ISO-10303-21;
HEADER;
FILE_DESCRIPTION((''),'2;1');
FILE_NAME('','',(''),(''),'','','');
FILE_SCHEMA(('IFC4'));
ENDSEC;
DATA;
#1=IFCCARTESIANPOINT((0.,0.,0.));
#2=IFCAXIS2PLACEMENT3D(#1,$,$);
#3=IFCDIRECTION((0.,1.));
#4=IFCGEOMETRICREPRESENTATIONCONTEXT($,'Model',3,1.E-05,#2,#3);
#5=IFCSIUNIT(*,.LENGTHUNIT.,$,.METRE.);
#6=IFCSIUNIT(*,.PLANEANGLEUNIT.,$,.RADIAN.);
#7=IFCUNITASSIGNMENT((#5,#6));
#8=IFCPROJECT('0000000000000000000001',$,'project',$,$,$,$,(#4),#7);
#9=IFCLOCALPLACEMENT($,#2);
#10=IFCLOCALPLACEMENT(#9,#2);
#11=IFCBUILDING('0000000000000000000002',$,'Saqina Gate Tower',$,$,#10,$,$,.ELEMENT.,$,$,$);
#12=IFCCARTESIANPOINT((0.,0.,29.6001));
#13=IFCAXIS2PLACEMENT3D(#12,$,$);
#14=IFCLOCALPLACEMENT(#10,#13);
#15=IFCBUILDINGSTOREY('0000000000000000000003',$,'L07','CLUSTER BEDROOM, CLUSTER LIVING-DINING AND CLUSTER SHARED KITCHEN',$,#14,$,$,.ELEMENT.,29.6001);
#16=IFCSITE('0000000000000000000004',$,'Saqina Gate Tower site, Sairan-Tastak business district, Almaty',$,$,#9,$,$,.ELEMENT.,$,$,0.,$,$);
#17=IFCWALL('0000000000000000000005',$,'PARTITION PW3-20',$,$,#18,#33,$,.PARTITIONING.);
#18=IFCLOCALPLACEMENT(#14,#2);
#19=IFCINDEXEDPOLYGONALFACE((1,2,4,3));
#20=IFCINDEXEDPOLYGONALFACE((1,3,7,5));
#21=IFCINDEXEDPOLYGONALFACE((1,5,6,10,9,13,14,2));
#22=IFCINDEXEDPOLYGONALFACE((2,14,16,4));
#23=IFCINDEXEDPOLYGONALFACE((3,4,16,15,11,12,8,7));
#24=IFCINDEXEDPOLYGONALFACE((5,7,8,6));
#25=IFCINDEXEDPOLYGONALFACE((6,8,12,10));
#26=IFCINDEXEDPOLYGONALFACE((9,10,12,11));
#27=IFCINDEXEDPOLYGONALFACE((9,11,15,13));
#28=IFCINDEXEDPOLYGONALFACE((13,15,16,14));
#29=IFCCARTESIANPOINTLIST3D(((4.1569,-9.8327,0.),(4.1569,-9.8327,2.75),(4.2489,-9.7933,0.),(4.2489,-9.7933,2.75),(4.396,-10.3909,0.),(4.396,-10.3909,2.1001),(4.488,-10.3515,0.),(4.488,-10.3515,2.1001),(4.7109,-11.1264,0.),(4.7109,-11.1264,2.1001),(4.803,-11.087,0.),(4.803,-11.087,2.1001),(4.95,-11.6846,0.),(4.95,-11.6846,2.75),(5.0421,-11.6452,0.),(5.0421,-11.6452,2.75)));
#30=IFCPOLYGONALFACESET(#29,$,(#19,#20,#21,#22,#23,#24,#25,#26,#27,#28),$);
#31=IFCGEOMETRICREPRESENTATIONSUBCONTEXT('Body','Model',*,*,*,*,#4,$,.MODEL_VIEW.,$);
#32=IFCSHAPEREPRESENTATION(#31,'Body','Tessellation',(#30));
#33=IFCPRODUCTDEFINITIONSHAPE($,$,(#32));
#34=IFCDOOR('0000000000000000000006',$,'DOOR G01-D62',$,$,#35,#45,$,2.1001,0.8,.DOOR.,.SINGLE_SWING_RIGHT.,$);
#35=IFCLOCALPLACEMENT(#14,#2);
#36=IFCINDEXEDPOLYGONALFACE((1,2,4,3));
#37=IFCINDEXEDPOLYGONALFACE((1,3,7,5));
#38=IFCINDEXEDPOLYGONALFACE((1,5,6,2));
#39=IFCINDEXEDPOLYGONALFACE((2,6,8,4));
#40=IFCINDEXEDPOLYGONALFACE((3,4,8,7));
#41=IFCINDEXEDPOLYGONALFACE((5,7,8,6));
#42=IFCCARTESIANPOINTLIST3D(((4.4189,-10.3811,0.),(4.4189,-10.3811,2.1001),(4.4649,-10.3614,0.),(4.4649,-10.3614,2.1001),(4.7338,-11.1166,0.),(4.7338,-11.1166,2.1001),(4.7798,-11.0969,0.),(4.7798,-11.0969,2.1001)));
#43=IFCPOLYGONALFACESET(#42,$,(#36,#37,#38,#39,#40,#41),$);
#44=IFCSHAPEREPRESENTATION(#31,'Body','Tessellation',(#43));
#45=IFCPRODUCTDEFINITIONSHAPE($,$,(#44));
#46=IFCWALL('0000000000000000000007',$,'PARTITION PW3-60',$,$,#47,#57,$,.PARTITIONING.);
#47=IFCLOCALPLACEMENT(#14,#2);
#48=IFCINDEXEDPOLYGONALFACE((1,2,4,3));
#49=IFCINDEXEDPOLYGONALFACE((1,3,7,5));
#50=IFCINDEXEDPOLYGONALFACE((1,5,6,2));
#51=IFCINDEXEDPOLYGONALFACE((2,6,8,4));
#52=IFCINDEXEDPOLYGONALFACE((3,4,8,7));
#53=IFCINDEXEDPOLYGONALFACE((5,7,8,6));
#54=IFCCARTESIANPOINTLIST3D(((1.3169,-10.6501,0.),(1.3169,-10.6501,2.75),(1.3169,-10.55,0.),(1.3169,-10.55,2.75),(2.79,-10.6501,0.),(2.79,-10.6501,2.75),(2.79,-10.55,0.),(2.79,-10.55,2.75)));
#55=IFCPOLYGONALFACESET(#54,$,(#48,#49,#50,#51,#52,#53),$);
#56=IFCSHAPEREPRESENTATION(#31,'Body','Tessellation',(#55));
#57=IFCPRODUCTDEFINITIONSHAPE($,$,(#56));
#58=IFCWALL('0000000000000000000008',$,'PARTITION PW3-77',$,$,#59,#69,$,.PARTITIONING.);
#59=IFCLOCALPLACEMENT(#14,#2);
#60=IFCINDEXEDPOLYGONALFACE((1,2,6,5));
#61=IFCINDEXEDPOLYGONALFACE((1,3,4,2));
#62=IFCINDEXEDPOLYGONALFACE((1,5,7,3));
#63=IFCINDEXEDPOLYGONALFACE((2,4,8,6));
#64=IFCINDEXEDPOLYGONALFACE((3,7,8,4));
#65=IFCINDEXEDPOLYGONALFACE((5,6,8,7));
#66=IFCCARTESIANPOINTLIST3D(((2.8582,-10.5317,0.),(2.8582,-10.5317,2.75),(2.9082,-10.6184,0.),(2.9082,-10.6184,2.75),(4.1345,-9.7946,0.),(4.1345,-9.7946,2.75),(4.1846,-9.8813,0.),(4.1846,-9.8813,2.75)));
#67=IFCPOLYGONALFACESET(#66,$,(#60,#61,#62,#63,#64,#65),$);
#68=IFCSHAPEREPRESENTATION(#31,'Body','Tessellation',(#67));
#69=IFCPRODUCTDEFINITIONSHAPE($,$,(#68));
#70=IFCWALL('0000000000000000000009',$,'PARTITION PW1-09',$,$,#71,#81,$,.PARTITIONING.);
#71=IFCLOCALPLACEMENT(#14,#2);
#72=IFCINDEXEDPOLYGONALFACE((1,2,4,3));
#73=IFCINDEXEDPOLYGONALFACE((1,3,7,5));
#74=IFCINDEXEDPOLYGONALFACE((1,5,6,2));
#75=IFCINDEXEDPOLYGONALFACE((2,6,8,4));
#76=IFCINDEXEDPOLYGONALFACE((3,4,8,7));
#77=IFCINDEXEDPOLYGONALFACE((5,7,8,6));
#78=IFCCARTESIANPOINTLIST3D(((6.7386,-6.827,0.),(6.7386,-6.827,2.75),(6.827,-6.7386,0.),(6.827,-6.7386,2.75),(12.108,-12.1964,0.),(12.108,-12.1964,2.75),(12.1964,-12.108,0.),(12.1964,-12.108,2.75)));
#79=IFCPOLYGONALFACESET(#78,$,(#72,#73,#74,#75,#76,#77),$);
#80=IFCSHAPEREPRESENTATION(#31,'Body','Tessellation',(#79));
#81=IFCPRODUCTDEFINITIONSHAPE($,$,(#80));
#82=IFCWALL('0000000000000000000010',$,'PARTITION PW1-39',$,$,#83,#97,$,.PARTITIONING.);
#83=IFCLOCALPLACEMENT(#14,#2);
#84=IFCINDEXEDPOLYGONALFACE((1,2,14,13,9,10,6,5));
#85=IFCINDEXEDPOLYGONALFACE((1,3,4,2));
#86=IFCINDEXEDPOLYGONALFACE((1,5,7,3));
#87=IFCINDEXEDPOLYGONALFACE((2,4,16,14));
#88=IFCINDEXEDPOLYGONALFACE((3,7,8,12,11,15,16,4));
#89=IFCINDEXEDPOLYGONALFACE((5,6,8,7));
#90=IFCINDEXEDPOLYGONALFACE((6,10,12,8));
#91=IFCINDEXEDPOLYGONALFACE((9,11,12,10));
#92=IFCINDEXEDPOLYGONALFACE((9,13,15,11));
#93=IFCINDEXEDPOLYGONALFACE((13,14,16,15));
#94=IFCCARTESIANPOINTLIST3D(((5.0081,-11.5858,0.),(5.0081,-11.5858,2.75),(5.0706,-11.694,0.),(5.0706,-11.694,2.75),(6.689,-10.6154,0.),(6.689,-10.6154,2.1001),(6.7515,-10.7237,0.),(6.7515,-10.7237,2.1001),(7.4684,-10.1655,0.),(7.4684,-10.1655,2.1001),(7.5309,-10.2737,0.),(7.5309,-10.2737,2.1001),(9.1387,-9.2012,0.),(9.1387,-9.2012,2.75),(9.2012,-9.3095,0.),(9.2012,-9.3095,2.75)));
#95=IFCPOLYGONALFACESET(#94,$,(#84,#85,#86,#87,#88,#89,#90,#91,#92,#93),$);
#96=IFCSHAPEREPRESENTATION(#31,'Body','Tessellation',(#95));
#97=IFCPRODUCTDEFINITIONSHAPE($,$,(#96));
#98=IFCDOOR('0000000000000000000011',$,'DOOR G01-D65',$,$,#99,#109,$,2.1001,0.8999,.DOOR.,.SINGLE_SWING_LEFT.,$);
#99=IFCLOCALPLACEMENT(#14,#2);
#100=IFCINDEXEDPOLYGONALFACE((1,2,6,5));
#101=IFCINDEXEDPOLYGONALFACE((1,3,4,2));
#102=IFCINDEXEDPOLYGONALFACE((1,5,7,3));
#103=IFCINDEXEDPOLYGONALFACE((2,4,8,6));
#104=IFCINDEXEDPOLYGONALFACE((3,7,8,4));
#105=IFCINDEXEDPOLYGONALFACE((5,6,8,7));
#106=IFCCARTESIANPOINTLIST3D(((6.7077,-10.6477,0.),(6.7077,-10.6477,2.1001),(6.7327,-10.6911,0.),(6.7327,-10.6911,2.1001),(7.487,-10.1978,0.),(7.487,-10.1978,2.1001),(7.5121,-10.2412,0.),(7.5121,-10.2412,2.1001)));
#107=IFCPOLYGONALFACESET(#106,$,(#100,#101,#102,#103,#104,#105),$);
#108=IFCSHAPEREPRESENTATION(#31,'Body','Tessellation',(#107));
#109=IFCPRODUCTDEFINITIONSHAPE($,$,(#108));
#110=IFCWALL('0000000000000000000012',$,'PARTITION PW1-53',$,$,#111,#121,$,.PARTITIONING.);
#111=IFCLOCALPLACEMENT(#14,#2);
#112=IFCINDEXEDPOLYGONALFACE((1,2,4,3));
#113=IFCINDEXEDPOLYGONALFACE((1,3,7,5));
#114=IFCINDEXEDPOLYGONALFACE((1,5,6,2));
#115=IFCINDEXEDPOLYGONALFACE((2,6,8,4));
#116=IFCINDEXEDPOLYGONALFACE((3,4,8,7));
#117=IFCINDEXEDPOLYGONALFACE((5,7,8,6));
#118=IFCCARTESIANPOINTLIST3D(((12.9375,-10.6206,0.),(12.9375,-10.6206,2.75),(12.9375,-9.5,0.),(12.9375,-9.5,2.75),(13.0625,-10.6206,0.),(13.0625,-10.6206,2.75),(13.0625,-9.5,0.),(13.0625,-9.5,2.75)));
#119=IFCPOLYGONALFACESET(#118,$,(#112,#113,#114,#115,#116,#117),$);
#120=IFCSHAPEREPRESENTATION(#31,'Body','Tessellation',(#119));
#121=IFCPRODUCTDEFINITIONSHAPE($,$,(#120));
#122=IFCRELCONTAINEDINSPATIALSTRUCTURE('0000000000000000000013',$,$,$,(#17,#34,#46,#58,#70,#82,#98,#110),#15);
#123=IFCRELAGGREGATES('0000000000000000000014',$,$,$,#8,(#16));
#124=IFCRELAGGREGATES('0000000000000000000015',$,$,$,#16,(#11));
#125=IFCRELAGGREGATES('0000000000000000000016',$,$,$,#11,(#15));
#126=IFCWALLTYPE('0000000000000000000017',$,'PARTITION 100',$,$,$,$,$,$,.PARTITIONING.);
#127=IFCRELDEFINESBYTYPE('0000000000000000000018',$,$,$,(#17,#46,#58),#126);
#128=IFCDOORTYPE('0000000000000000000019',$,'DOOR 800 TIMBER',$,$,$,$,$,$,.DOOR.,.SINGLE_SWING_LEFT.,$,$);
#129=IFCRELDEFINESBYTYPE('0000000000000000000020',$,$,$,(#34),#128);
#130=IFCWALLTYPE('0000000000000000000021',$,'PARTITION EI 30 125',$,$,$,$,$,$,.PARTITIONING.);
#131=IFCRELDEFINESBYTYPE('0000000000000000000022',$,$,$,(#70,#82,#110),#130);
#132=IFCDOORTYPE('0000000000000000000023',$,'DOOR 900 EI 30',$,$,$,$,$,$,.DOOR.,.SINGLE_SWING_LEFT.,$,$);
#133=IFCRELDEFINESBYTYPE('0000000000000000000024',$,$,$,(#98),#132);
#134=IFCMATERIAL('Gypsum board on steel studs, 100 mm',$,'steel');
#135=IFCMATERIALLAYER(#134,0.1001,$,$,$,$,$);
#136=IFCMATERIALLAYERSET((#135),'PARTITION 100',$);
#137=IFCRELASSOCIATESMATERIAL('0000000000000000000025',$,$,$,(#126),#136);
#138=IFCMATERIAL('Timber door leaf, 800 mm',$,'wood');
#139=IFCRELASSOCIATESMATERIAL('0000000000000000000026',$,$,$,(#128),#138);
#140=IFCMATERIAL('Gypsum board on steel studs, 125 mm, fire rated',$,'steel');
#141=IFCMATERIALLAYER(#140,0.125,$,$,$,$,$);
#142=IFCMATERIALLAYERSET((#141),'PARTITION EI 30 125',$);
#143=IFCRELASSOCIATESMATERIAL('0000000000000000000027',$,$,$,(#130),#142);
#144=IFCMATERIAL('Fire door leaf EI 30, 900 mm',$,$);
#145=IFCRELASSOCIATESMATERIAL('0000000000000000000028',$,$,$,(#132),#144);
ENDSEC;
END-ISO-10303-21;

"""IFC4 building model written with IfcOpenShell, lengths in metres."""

from ifc_helpers import new_model, si_unit, direction, frame, frame_2d, origin, place, context, subcontext, project, spatial, rectangle, extrude, material, layer, layer_set, type_object, element, fill, save


model = new_model("IFC4")

# Units and contexts
model_context = context("Model", 3, precision=1e-05, world=origin(), true_north=direction((0.0, 1.0)))
body_context = subcontext(model_context, "Body", "Model", "MODEL_VIEW")
ifc_project = project(units=[si_unit("LENGTHUNIT", "METRE"), si_unit("PLANEANGLEUNIT", "RADIAN")], contexts=[model_context])

# Site, building, storey
site_placement = place(None, origin())
site = spatial("IfcSite", under=ifc_project, at=site_placement, Name="Saqina Gate Tower site, Sairan-Tastak business district, Almaty", CompositionType="ELEMENT", RefElevation=0.0)
building_placement = place(site_placement, origin())
building = spatial("IfcBuilding", under=site, at=building_placement, Name="Saqina Gate Tower", CompositionType="ELEMENT")
storey_placement = place(building_placement, frame((0.0, 0.0, 29.6001)))
storey = spatial("IfcBuildingStorey", under=building, at=storey_placement, Name="L07", Description="CLUSTER BEDROOM, CLUSTER LIVING-DINING AND CLUSTER SHARED KITCHEN", CompositionType="ELEMENT", Elevation=29.6001)

# Shared definitions
ifc_material_1 = material(Name="Gypsum board on steel studs, 100 mm", Category="steel")
ifc_layer_1 = layer(ifc_material_1, 0.1001)
ifc_layer_set_1 = layer_set([ifc_layer_1], Name="PARTITION 100")
wall_type_1 = type_object("IfcWallType", Name="PARTITION 100", PredefinedType="PARTITIONING", material=ifc_layer_set_1)
ifc_material_2 = material(Name="Timber door leaf, 800 mm", Category="wood")
door_type_1 = type_object("IfcDoorType", Name="DOOR 800 TIMBER", OperationType="SINGLE_SWING_LEFT", PredefinedType="DOOR", material=ifc_material_2)

# Wall, opening, door
wall_1_placement = place(storey_placement, frame((4.2029, -9.813, 0.0), z_axis=(0.0, 0.0, 1.0), x_axis=(0.3937, -0.919239, 0.0)))
wall_1 = element("IfcWall", 1, at=wall_1_placement, inside=storey, type_object=wall_type_1, Name="PARTITION PW3-20", PredefinedType="PARTITIONING", context=body_context, shape_type="SweptSolid", body=[
    extrude(rectangle(XDim=2.0146, YDim=0.1001, at=frame_2d((1.0073, 0.0))), origin(), (0.0, 0.0, 1.0), 2.75),
])
opening_1_placement = place(wall_1_placement, frame((0.6074, 0.0, 0.0)))
opening_1 = element("IfcOpeningElement", 2, at=opening_1_placement, cuts=wall_1, PredefinedType="OPENING", context=body_context, shape_type="SweptSolid", body=[
    extrude(rectangle(XDim=0.8, YDim=2.1001, at=frame_2d((0.3999, 1.05))), frame((0.0, 0.062, 0.0), z_axis=(0.0, -1.0, 0.0), x_axis=(1.0, 0.0, 0.0)), (0.0, 0.0, 1.0), 0.124),
])
door_1_placement = place(opening_1_placement, origin())
door_1 = element("IfcDoor", 3, at=door_1_placement, inside=storey, type_object=door_type_1, Name="DOOR G01-D62", OperationType="SINGLE_SWING_RIGHT", OverallHeight=2.1001, OverallWidth=0.8, PredefinedType="DOOR", context=body_context, shape_type="SweptSolid", body=[
    extrude(rectangle(XDim=0.8, YDim=2.1001, at=frame_2d((0.3999, 1.05))), frame((0.0, 0.0249, 0.0), z_axis=(0.0, -1.0, 0.0), x_axis=(1.0, 0.0, 0.0)), (0.0, 0.0, 1.0), 0.05),
])
fill(opening_1, door_1)

# Walls
wall_2_placement = place(storey_placement, frame((1.3169, -10.6001, 0.0), z_axis=(0.0, 0.0, 1.0), x_axis=(1.0, 0.0, 0.0)))
element("IfcWall", 4, at=wall_2_placement, inside=storey, type_object=wall_type_1, Name="PARTITION PW3-60", PredefinedType="PARTITIONING", context=body_context, shape_type="SweptSolid", body=[
    extrude(rectangle(XDim=1.4731, YDim=0.1001, at=frame_2d((0.7366, 0.0))), origin(), (0.0, 0.0, 1.0), 2.75),
])
wall_3_placement = place(storey_placement, frame((2.8833, -10.575, 0.0), z_axis=(0.0, 0.0, 1.0), x_axis=(0.865981, 0.500076, 0.0)))
element("IfcWall", 5, at=wall_3_placement, inside=storey, type_object=wall_type_1, Name="PARTITION PW3-77", PredefinedType="PARTITIONING", context=body_context, shape_type="SweptSolid", body=[
    extrude(rectangle(XDim=1.4739, YDim=0.1001, at=frame_2d((0.7368, 0.0))), origin(), (0.0, 0.0, 1.0), 2.75),
])
ifc_material_3 = material(Name="Gypsum board on steel studs, 125 mm, fire rated", Category="steel")
ifc_layer_2 = layer(ifc_material_3, 0.125)
ifc_layer_set_2 = layer_set([ifc_layer_2], Name="PARTITION EI 30 125")
wall_type_2 = type_object("IfcWallType", Name="PARTITION EI 30 125", PredefinedType="PARTITIONING", material=ifc_layer_set_2)
wall_4_placement = place(storey_placement, frame((6.7827, -6.7827, 0.0), z_axis=(0.0, 0.0, 1.0), x_axis=(0.707107, -0.707107, 0.0)))
element("IfcWall", 6, at=wall_4_placement, inside=storey, type_object=wall_type_2, Name="PARTITION PW1-09", PredefinedType="PARTITIONING", context=body_context, shape_type="SweptSolid", body=[
    extrude(rectangle(XDim=7.5935, YDim=0.125, at=frame_2d((3.7969, 0.0))), origin(), (0.0, 0.0, 1.0), 2.75),
])

# Wall, opening, door
wall_5_placement = place(storey_placement, frame((5.0393, -11.6399, 0.0), z_axis=(0.0, 0.0, 1.0), x_axis=(0.866052, 0.499954, 0.0)))
wall_5 = element("IfcWall", 7, at=wall_5_placement, inside=storey, type_object=wall_type_2, Name="PARTITION PW1-39", PredefinedType="PARTITIONING", context=body_context, shape_type="SweptSolid", body=[
    extrude(rectangle(XDim=4.7695, YDim=0.125, at=frame_2d((2.3848, 0.0))), origin(), (0.0, 0.0, 1.0), 2.75),
])
opening_2_placement = place(wall_5_placement, frame((1.9409, 0.0, 0.0)))
opening_2 = element("IfcOpeningElement", 8, at=opening_2_placement, cuts=wall_5, PredefinedType="OPENING", context=body_context, shape_type="SweptSolid", body=[
    extrude(rectangle(XDim=0.8999, YDim=2.1001, at=frame_2d((0.45, 1.05))), frame((0.0, 0.0745, 0.0), z_axis=(0.0, -1.0, 0.0), x_axis=(1.0, 0.0, 0.0)), (0.0, 0.0, 1.0), 0.1489),
])
ifc_material_4 = material(Name="Fire door leaf EI 30, 900 mm")
door_type_2 = type_object("IfcDoorType", Name="DOOR 900 EI 30", OperationType="SINGLE_SWING_LEFT", PredefinedType="DOOR", material=ifc_material_4)
door_2_placement = place(opening_2_placement, frame((0.8999, 0.0, 0.0), z_axis=(0.0, 0.0, 1.0), x_axis=(-1.0, 0.0, 0.0)))
door_2 = element("IfcDoor", 9, at=door_2_placement, inside=storey, type_object=door_type_2, Name="DOOR G01-D65", OperationType="SINGLE_SWING_LEFT", OverallHeight=2.1001, OverallWidth=0.8999, PredefinedType="DOOR", context=body_context, shape_type="SweptSolid", body=[
    extrude(rectangle(XDim=0.8999, YDim=2.1001, at=frame_2d((0.45, 1.05))), frame((0.0, 0.0249, 0.0), z_axis=(0.0, -1.0, 0.0), x_axis=(1.0, 0.0, 0.0)), (0.0, 0.0, 1.0), 0.05),
])
fill(opening_2, door_2)

# Wall
wall_6_placement = place(storey_placement, frame((13.0, -10.6206, 0.0), z_axis=(0.0, 0.0, 1.0), x_axis=(0.0, 1.0, 0.0)))
element("IfcWall", 10, at=wall_6_placement, inside=storey, type_object=wall_type_2, Name="PARTITION PW1-53", PredefinedType="PARTITIONING", context=body_context, shape_type="SweptSolid", body=[
    extrude(rectangle(XDim=1.1206, YDim=0.125, at=frame_2d((0.5603, 0.0))), origin(), (0.0, 0.0, 1.0), 2.75),
])

save(model, "model.ifc")
